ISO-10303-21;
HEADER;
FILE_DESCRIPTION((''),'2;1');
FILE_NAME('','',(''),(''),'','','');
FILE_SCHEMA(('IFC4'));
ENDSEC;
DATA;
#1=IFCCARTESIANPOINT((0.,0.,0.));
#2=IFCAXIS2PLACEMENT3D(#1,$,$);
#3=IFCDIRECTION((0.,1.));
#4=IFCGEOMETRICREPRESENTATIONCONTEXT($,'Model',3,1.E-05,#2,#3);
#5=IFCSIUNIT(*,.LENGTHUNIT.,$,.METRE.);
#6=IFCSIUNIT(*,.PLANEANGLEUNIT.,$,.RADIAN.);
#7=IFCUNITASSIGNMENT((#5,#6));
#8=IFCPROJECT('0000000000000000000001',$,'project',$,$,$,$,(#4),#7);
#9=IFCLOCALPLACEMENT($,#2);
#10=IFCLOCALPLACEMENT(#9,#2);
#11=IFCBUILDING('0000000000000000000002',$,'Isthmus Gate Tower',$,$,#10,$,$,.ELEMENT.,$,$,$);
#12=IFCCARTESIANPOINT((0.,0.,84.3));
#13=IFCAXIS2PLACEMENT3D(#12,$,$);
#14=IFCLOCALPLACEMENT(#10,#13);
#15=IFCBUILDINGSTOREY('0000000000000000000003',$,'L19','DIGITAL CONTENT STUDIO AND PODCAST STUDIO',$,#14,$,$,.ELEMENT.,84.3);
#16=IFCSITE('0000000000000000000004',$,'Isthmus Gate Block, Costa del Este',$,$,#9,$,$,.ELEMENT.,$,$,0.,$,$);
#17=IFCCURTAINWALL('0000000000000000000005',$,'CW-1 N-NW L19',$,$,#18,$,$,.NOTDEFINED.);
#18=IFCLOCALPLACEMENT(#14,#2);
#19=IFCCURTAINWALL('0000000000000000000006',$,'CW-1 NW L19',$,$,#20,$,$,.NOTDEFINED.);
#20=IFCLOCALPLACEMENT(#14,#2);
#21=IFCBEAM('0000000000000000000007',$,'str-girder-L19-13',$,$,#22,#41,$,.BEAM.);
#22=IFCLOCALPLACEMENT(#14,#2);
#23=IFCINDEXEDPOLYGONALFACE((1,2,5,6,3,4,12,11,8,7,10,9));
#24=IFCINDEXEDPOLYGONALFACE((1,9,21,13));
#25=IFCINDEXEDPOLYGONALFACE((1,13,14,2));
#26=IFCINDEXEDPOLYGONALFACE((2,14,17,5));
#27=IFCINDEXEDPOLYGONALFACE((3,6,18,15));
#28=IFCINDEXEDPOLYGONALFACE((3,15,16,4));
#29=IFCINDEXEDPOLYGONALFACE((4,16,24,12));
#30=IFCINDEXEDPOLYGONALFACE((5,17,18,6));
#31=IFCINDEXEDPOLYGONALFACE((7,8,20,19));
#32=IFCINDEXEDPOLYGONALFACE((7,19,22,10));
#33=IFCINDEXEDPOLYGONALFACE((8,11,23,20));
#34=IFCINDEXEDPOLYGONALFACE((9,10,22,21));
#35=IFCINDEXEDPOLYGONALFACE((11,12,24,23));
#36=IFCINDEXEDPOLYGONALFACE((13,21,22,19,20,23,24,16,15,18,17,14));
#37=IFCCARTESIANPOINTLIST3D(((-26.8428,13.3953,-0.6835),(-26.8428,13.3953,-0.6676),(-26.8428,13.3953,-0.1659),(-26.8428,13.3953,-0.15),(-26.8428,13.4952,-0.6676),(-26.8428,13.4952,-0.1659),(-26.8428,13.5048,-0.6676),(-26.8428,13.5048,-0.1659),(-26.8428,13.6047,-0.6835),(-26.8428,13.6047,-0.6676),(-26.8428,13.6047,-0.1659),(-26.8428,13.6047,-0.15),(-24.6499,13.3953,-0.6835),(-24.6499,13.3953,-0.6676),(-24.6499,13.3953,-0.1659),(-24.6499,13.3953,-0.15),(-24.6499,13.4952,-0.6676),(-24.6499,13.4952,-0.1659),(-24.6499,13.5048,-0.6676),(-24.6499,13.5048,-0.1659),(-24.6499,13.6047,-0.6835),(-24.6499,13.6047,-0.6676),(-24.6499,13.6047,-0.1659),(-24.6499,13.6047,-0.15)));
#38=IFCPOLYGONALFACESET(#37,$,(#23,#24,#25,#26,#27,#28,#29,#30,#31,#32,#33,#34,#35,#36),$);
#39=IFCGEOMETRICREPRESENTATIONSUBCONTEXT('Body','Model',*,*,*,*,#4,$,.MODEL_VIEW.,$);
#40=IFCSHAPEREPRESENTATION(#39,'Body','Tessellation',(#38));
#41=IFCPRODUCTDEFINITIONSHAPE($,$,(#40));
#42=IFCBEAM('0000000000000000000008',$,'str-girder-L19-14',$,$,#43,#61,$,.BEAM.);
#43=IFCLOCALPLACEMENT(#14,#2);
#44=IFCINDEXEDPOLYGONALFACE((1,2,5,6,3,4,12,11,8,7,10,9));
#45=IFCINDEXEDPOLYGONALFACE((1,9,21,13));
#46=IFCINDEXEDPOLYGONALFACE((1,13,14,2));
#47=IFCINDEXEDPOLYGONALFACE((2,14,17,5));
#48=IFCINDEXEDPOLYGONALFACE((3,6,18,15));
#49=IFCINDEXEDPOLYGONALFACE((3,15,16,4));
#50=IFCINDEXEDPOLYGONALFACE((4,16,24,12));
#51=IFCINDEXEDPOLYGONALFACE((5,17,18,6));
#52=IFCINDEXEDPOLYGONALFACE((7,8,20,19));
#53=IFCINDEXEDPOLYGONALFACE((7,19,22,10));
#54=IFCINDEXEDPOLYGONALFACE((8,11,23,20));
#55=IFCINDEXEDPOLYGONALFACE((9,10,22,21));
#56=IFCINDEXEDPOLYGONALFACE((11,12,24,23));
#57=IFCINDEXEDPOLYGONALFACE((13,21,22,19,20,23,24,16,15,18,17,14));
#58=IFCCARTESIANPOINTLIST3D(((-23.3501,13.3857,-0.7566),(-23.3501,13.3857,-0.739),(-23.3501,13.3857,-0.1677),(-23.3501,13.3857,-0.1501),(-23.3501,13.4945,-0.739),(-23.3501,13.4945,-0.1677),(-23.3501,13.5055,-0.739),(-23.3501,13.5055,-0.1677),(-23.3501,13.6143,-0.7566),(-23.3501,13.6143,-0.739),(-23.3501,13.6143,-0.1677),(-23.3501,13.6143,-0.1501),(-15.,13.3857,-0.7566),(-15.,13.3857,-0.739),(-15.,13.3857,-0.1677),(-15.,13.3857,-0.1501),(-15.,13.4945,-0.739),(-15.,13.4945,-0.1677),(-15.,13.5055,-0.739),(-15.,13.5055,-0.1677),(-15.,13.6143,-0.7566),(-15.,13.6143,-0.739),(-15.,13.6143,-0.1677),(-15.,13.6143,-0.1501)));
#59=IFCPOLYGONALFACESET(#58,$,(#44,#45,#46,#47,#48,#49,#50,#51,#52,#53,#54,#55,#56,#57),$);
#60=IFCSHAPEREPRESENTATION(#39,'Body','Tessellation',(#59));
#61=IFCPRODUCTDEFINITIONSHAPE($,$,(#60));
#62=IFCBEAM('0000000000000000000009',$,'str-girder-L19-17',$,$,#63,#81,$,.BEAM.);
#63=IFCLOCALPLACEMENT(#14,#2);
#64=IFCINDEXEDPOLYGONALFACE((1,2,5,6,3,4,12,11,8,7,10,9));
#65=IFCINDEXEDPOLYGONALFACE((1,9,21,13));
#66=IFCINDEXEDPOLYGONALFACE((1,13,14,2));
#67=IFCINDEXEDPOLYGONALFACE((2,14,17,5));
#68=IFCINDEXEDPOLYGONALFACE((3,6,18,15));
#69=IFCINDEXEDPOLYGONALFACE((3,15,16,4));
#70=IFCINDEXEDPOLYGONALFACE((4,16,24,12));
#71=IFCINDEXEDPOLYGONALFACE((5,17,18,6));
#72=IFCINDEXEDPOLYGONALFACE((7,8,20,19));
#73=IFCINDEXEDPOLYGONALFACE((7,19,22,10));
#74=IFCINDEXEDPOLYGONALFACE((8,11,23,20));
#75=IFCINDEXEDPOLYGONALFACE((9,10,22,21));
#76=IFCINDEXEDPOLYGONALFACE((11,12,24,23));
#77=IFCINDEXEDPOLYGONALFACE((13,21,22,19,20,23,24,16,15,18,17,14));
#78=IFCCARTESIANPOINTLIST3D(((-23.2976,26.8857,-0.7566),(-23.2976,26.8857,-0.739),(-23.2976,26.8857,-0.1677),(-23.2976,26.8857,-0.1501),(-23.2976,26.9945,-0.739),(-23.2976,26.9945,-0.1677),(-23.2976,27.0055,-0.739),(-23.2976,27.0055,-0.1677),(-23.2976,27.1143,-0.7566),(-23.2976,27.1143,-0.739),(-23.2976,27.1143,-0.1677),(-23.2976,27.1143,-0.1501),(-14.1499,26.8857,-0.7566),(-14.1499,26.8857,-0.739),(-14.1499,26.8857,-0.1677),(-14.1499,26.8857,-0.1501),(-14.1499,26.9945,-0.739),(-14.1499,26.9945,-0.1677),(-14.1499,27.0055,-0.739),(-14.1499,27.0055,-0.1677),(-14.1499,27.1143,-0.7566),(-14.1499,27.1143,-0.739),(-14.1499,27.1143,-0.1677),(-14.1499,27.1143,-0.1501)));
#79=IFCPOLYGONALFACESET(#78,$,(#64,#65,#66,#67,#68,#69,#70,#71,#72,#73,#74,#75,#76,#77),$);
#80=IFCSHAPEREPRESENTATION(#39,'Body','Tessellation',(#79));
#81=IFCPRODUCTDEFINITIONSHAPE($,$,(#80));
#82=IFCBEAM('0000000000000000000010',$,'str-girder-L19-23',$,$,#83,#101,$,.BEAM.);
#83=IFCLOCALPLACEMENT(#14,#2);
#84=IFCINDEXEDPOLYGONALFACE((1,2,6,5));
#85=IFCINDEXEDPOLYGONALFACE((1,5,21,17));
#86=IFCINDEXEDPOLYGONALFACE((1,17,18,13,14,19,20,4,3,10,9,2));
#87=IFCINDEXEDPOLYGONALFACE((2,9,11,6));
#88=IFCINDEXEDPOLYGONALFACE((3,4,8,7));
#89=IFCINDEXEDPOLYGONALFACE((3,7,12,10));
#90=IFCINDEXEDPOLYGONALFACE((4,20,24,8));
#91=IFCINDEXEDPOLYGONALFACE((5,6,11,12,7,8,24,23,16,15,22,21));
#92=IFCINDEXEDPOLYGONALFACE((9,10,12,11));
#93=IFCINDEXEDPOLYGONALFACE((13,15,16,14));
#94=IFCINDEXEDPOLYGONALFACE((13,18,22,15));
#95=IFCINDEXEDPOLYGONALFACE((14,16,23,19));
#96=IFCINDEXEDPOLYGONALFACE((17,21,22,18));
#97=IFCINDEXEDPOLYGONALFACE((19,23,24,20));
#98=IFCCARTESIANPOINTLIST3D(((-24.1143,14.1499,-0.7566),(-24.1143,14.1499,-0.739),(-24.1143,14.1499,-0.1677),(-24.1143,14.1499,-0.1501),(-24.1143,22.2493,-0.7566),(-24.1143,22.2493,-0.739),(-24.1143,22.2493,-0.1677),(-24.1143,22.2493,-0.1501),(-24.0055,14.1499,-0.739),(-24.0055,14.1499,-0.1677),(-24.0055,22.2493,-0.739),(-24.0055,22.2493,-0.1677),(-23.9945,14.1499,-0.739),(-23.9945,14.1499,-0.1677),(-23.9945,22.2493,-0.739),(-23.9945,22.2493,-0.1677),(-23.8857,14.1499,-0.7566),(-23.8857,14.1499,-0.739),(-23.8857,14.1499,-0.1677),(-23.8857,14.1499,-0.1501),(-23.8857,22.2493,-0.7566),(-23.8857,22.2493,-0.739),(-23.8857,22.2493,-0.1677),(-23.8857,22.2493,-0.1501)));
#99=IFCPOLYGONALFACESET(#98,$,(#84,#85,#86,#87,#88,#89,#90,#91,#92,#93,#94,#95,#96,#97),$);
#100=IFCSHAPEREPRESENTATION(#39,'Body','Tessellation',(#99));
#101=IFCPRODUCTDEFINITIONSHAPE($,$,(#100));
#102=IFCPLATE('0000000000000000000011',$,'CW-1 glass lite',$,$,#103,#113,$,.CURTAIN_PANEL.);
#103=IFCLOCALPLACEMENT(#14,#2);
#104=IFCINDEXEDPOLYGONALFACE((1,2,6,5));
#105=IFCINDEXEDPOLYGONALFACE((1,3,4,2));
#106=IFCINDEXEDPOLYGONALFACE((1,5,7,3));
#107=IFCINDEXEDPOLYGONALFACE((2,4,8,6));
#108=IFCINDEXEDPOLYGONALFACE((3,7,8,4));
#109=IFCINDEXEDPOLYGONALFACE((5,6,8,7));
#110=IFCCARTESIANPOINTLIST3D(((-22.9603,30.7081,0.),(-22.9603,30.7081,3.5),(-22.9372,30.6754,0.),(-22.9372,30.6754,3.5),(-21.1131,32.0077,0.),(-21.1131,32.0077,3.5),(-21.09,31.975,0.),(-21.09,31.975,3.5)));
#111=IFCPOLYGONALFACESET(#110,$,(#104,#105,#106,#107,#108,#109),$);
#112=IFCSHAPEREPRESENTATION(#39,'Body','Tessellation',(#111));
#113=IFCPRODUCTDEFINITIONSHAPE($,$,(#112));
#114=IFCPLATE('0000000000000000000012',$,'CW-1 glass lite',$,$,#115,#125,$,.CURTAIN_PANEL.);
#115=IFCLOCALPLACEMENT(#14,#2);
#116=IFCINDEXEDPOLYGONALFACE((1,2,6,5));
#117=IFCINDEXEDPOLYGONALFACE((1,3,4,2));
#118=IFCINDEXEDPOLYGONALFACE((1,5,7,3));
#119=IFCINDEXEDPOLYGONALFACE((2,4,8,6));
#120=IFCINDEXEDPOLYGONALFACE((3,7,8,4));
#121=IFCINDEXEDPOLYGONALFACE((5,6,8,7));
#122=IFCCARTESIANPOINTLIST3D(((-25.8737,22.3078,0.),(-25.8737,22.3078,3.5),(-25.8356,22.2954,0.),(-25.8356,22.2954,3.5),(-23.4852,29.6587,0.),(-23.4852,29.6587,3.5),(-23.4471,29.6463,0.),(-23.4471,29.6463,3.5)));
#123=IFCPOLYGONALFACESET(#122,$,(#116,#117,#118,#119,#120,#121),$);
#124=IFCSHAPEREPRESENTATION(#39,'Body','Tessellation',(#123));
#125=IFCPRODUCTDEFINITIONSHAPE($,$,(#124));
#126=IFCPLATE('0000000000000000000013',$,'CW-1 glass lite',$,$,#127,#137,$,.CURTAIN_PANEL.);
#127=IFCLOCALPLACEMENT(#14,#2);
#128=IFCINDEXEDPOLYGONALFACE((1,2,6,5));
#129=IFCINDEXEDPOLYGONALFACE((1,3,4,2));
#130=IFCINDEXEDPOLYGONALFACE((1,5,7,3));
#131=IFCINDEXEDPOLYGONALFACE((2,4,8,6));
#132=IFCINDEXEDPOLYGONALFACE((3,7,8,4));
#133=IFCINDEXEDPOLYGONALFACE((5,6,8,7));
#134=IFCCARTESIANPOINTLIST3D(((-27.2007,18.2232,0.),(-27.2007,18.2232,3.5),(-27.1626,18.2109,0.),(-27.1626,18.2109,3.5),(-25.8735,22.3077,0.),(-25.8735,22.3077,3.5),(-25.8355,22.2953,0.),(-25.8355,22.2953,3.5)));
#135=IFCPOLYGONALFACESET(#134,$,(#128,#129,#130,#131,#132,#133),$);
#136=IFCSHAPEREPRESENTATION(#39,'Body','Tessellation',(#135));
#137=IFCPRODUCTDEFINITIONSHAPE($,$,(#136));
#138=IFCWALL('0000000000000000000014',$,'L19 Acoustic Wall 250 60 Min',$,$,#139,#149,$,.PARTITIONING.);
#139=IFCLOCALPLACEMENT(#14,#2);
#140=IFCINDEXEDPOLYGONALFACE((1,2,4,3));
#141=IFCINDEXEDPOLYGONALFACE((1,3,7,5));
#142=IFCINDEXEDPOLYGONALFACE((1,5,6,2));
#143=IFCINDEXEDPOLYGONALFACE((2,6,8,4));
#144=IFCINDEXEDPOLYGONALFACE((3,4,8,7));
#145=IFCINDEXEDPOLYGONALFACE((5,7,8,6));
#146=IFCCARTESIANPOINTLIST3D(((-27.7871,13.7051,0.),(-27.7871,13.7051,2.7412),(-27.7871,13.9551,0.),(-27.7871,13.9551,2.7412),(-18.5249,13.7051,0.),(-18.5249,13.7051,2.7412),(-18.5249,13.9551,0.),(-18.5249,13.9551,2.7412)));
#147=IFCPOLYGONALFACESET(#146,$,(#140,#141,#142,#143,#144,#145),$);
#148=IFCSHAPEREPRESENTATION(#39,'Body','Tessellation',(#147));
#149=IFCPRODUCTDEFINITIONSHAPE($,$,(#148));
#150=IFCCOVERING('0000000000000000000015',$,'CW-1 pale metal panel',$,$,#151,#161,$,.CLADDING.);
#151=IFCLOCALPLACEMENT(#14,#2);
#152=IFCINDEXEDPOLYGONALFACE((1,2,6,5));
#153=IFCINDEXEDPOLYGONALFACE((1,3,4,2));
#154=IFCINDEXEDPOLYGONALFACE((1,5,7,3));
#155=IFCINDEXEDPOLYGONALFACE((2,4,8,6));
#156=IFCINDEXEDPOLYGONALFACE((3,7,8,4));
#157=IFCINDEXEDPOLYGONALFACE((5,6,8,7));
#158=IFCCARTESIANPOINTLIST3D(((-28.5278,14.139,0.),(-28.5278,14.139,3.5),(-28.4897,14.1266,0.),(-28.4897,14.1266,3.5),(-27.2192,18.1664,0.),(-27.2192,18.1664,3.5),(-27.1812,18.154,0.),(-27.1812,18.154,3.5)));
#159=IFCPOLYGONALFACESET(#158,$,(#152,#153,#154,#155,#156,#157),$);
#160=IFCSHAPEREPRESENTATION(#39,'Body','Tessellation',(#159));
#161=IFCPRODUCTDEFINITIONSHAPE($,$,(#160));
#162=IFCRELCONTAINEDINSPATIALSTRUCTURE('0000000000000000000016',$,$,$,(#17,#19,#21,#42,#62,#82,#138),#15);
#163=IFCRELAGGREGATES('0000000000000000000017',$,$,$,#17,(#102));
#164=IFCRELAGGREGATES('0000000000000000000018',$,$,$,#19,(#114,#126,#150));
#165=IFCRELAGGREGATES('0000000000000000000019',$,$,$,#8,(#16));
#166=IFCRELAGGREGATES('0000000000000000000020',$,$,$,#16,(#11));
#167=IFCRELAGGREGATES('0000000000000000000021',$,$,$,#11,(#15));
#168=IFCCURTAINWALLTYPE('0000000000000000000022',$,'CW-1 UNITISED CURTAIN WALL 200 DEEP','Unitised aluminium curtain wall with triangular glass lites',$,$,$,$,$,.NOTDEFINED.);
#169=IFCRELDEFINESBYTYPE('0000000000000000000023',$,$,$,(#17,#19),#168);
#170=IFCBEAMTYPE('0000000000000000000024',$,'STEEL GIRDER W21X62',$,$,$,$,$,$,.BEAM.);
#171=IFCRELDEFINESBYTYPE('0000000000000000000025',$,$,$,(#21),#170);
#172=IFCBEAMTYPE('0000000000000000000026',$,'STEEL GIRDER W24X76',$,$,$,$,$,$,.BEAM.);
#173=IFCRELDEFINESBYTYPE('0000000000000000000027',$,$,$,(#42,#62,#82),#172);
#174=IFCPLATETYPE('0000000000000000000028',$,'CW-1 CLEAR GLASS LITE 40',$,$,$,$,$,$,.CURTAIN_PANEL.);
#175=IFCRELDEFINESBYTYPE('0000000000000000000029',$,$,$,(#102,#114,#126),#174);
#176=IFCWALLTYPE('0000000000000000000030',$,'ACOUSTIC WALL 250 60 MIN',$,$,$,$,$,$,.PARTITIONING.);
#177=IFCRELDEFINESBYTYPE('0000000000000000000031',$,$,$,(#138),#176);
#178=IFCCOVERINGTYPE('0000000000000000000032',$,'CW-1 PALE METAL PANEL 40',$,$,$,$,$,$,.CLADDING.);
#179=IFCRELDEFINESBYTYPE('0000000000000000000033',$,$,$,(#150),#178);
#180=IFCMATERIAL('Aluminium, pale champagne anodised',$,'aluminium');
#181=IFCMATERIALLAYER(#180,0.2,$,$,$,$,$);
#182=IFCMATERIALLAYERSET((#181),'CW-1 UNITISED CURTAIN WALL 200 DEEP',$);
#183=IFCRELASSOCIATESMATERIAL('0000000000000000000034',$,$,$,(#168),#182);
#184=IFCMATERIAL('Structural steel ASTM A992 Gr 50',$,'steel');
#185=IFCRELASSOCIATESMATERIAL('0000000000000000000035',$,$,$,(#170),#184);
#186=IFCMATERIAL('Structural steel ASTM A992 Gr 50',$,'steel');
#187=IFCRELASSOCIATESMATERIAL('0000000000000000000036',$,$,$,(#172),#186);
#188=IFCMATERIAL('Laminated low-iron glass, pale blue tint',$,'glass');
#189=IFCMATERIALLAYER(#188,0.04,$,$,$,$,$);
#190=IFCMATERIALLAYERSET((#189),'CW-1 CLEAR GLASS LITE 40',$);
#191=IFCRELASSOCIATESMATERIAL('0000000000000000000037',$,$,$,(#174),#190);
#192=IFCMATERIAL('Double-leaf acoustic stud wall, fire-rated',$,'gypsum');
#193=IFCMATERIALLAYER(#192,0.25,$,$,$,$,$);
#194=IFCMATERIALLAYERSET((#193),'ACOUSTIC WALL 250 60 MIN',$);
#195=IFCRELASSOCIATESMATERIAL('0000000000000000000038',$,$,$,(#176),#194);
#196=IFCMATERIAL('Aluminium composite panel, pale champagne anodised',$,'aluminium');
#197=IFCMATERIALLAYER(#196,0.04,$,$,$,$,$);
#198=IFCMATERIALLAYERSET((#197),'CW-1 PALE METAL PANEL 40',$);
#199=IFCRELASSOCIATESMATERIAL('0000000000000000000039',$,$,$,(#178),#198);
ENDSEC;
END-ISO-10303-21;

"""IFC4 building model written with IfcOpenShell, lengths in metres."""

from ifc_helpers import new_model, si_unit, direction, frame, frame_2d, origin, origin_2d, place, context, subcontext, project, spatial, rectangle, i_section, extrude, material, layer, layer_set, material_profile, profile_set, type_object, element, aggregate, save


model = new_model("IFC4")

# Units and contexts
model_context = context("Model", 3, precision=1e-05, world=origin(), true_north=direction((0.0, 1.0)))
body_context = subcontext(model_context, "Body", "Model", "MODEL_VIEW")
ifc_project = project(units=[si_unit("LENGTHUNIT", "METRE"), si_unit("PLANEANGLEUNIT", "RADIAN")], contexts=[model_context])

# Site, building, storey
site_placement = place(None, origin())
site = spatial("IfcSite", under=ifc_project, at=site_placement, Name="Isthmus Gate Block, Costa del Este", CompositionType="ELEMENT", RefElevation=0.0)
building_placement = place(site_placement, origin())
building = spatial("IfcBuilding", under=site, at=building_placement, Name="Isthmus Gate Tower", CompositionType="ELEMENT")
storey_placement = place(building_placement, frame((0.0, 0.0, 84.3)))
storey = spatial("IfcBuildingStorey", under=building, at=storey_placement, Name="L19", Description="DIGITAL CONTENT STUDIO AND PODCAST STUDIO", CompositionType="ELEMENT", Elevation=84.3)

# Curtain wall
ifc_material_1 = material(Name="Aluminium, pale champagne anodised", Category="aluminium")
ifc_layer_1 = layer(ifc_material_1, 0.2)
ifc_layer_set_1 = layer_set([ifc_layer_1], Name="CW-1 UNITISED CURTAIN WALL 200 DEEP")
curtain_wall_type = type_object("IfcCurtainWallType", Name="CW-1 UNITISED CURTAIN WALL 200 DEEP", Description="Unitised aluminium curtain wall with triangular glass lites", PredefinedType="NOTDEFINED", material=ifc_layer_set_1)
curtain_wall_1_placement = place(storey_placement, origin())
curtain_wall_1 = element("IfcCurtainWall", 1, at=curtain_wall_1_placement, inside=storey, type_object=curtain_wall_type, Name="CW-1 N-NW L19", PredefinedType="NOTDEFINED")

# Curtain wall
curtain_wall_2_placement = place(storey_placement, origin())
curtain_wall_2 = element("IfcCurtainWall", 2, at=curtain_wall_2_placement, inside=storey, type_object=curtain_wall_type, Name="CW-1 NW L19", PredefinedType="NOTDEFINED")

# Beams
ifc_material_2 = material(Name="Structural steel ASTM A992 Gr 50", Category="steel")
ifc_material_profile_1 = material_profile(ifc_material_2, i_section(OverallWidth=0.2095, OverallDepth=0.5334, WebThickness=0.0095, FlangeThickness=0.0159, at=origin_2d()), Name="W21X62")
ifc_profile_set_1 = profile_set([ifc_material_profile_1], Name="Structural steel ASTM A992 Gr 50")
beam_type_1 = type_object("IfcBeamType", Name="STEEL GIRDER W21X62", PredefinedType="BEAM", material=ifc_profile_set_1)
beam_1_placement = place(storey_placement, frame((-26.8428, 13.5, -0.4167), z_axis=(1.0, 0.0, 0.0), x_axis=(0.0, 1.0, 0.0)))
element("IfcBeam", 3, at=beam_1_placement, inside=storey, type_object=beam_type_1, Name="str-girder-L19-13", PredefinedType="BEAM", context=body_context, shape_type="SweptSolid", body=[
    extrude(i_section(OverallWidth=0.2095, OverallDepth=0.5334, WebThickness=0.0095, FlangeThickness=0.0159, at=origin_2d()), origin(), (0.0, 0.0, 1.0), 2.1929),
])
ifc_material_3 = material(Name="Structural steel ASTM A992 Gr 50", Category="steel")
ifc_material_profile_2 = material_profile(ifc_material_3, i_section(OverallWidth=0.2285, OverallDepth=0.6064, WebThickness=0.011, FlangeThickness=0.0176, at=origin_2d()), Name="W24X76")
ifc_profile_set_2 = profile_set([ifc_material_profile_2], Name="Structural steel ASTM A992 Gr 50")
beam_type_2 = type_object("IfcBeamType", Name="STEEL GIRDER W24X76", PredefinedType="BEAM", material=ifc_profile_set_2)
beam_2_placement = place(storey_placement, frame((-23.3501, 13.5, -0.4534), z_axis=(1.0, 0.0, 0.0), x_axis=(0.0, 1.0, 0.0)))
element("IfcBeam", 4, at=beam_2_placement, inside=storey, type_object=beam_type_2, Name="str-girder-L19-14", PredefinedType="BEAM", context=body_context, shape_type="SweptSolid", body=[
    extrude(i_section(OverallWidth=0.2285, OverallDepth=0.6064, WebThickness=0.011, FlangeThickness=0.0176, at=origin_2d()), origin(), (0.0, 0.0, 1.0), 8.3501),
])
beam_3_placement = place(storey_placement, frame((-23.2976, 27.0, -0.4534), z_axis=(1.0, 0.0, 0.0), x_axis=(0.0, 1.0, 0.0)))
element("IfcBeam", 5, at=beam_3_placement, inside=storey, type_object=beam_type_2, Name="str-girder-L19-17", PredefinedType="BEAM", context=body_context, shape_type="SweptSolid", body=[
    extrude(i_section(OverallWidth=0.2285, OverallDepth=0.6064, WebThickness=0.011, FlangeThickness=0.0176, at=origin_2d()), origin(), (0.0, 0.0, 1.0), 9.1477),
])
beam_4_placement = place(storey_placement, frame((-24.0, 14.1499, -0.4534), z_axis=(0.0, 1.0, 0.0), x_axis=(-1.0, 0.0, 0.0)))
element("IfcBeam", 6, at=beam_4_placement, inside=storey, type_object=beam_type_2, Name="str-girder-L19-23", PredefinedType="BEAM", context=body_context, shape_type="SweptSolid", body=[
    extrude(i_section(OverallWidth=0.2285, OverallDepth=0.6064, WebThickness=0.011, FlangeThickness=0.0176, at=origin_2d()), origin(), (0.0, 0.0, 1.0), 8.0994),
])

# Plates
ifc_material_4 = material(Name="Laminated low-iron glass, pale blue tint", Category="glass")
ifc_layer_2 = layer(ifc_material_4, 0.04)
ifc_layer_set_2 = layer_set([ifc_layer_2], Name="CW-1 CLEAR GLASS LITE 40")
plate_type = type_object("IfcPlateType", Name="CW-1 CLEAR GLASS LITE 40", PredefinedType="CURTAIN_PANEL", material=ifc_layer_set_2)
plate_1_placement = place(storey_placement, frame((-22.0251, 31.3416, 0.0), z_axis=(0.0, 0.0, 1.0), x_axis=(-0.81786, -0.575418, 0.0)))
plate_1 = element("IfcPlate", 7, at=plate_1_placement, type_object=plate_type, Name="CW-1 glass lite", PredefinedType="CURTAIN_PANEL", context=body_context, shape_type="SweptSolid", body=[
    extrude(rectangle(XDim=2.2585, YDim=0.04, at=origin_2d()), origin(), (0.0, 0.0, 1.0), 3.5),
])
aggregate(curtain_wall_1, [plate_1])
plate_2_placement = place(storey_placement, frame((-24.6604, 25.9771, 0.0), z_axis=(0.0, 0.0, 1.0), x_axis=(-0.309017, -0.951057, 0.0)))
plate_2 = element("IfcPlate", 8, at=plate_2_placement, type_object=plate_type, Name="CW-1 glass lite", PredefinedType="CURTAIN_PANEL", context=body_context, shape_type="SweptSolid", body=[
    extrude(rectangle(XDim=7.7292, YDim=0.04, at=origin_2d()), origin(), (0.0, 0.0, 1.0), 3.5),
])
plate_3_placement = place(storey_placement, frame((-26.5181, 20.2593, 0.0), z_axis=(0.0, 0.0, 1.0), x_axis=(-0.309017, -0.951057, 0.0)))
plate_3 = element("IfcPlate", 9, at=plate_3_placement, type_object=plate_type, Name="CW-1 glass lite", PredefinedType="CURTAIN_PANEL", context=body_context, shape_type="SweptSolid", body=[
    extrude(rectangle(XDim=4.2947, YDim=0.04, at=origin_2d()), origin(), (0.0, 0.0, 1.0), 3.5),
])

# Wall
ifc_material_5 = material(Name="Double-leaf acoustic stud wall, fire-rated", Category="gypsum")
ifc_layer_3 = layer(ifc_material_5, 0.25)
ifc_layer_set_3 = layer_set([ifc_layer_3], Name="ACOUSTIC WALL 250 60 MIN")
wall_type = type_object("IfcWallType", Name="ACOUSTIC WALL 250 60 MIN", PredefinedType="PARTITIONING", material=ifc_layer_set_3)
wall_placement = place(storey_placement, frame((-27.7871, 13.8301, 0.0), z_axis=(0.0, 0.0, 1.0), x_axis=(1.0, 0.0, 0.0)))
element("IfcWall", 10, at=wall_placement, inside=storey, type_object=wall_type, Name="L19 Acoustic Wall 250 60 Min", PredefinedType="PARTITIONING", context=body_context, shape_type="SweptSolid", body=[
    extrude(rectangle(XDim=9.2622, YDim=0.25, at=frame_2d((4.6311, 0.0))), origin(), (0.0, 0.0, 1.0), 2.7412),
])

# Covering
ifc_material_6 = material(Name="Aluminium composite panel, pale champagne anodised", Category="aluminium")
ifc_layer_4 = layer(ifc_material_6, 0.04)
ifc_layer_set_4 = layer_set([ifc_layer_4], Name="CW-1 PALE METAL PANEL 40")
covering_type = type_object("IfcCoveringType", Name="CW-1 PALE METAL PANEL 40", PredefinedType="CLADDING", material=ifc_layer_set_4)
covering_placement = place(storey_placement, frame((-27.8545, 16.1465, 0.0), z_axis=(0.0, 0.0, 1.0), x_axis=(-0.309017, -0.951057, 0.0)))
covering = element("IfcCovering", 11, at=covering_placement, type_object=covering_type, Name="CW-1 pale metal panel", PredefinedType="CLADDING", context=body_context, shape_type="SweptSolid", body=[
    extrude(rectangle(XDim=4.2346, YDim=0.04, at=origin_2d()), origin(), (0.0, 0.0, 1.0), 3.5),
])
aggregate(curtain_wall_2, [plate_2, plate_3, covering])

save(model, "model.ifc")
